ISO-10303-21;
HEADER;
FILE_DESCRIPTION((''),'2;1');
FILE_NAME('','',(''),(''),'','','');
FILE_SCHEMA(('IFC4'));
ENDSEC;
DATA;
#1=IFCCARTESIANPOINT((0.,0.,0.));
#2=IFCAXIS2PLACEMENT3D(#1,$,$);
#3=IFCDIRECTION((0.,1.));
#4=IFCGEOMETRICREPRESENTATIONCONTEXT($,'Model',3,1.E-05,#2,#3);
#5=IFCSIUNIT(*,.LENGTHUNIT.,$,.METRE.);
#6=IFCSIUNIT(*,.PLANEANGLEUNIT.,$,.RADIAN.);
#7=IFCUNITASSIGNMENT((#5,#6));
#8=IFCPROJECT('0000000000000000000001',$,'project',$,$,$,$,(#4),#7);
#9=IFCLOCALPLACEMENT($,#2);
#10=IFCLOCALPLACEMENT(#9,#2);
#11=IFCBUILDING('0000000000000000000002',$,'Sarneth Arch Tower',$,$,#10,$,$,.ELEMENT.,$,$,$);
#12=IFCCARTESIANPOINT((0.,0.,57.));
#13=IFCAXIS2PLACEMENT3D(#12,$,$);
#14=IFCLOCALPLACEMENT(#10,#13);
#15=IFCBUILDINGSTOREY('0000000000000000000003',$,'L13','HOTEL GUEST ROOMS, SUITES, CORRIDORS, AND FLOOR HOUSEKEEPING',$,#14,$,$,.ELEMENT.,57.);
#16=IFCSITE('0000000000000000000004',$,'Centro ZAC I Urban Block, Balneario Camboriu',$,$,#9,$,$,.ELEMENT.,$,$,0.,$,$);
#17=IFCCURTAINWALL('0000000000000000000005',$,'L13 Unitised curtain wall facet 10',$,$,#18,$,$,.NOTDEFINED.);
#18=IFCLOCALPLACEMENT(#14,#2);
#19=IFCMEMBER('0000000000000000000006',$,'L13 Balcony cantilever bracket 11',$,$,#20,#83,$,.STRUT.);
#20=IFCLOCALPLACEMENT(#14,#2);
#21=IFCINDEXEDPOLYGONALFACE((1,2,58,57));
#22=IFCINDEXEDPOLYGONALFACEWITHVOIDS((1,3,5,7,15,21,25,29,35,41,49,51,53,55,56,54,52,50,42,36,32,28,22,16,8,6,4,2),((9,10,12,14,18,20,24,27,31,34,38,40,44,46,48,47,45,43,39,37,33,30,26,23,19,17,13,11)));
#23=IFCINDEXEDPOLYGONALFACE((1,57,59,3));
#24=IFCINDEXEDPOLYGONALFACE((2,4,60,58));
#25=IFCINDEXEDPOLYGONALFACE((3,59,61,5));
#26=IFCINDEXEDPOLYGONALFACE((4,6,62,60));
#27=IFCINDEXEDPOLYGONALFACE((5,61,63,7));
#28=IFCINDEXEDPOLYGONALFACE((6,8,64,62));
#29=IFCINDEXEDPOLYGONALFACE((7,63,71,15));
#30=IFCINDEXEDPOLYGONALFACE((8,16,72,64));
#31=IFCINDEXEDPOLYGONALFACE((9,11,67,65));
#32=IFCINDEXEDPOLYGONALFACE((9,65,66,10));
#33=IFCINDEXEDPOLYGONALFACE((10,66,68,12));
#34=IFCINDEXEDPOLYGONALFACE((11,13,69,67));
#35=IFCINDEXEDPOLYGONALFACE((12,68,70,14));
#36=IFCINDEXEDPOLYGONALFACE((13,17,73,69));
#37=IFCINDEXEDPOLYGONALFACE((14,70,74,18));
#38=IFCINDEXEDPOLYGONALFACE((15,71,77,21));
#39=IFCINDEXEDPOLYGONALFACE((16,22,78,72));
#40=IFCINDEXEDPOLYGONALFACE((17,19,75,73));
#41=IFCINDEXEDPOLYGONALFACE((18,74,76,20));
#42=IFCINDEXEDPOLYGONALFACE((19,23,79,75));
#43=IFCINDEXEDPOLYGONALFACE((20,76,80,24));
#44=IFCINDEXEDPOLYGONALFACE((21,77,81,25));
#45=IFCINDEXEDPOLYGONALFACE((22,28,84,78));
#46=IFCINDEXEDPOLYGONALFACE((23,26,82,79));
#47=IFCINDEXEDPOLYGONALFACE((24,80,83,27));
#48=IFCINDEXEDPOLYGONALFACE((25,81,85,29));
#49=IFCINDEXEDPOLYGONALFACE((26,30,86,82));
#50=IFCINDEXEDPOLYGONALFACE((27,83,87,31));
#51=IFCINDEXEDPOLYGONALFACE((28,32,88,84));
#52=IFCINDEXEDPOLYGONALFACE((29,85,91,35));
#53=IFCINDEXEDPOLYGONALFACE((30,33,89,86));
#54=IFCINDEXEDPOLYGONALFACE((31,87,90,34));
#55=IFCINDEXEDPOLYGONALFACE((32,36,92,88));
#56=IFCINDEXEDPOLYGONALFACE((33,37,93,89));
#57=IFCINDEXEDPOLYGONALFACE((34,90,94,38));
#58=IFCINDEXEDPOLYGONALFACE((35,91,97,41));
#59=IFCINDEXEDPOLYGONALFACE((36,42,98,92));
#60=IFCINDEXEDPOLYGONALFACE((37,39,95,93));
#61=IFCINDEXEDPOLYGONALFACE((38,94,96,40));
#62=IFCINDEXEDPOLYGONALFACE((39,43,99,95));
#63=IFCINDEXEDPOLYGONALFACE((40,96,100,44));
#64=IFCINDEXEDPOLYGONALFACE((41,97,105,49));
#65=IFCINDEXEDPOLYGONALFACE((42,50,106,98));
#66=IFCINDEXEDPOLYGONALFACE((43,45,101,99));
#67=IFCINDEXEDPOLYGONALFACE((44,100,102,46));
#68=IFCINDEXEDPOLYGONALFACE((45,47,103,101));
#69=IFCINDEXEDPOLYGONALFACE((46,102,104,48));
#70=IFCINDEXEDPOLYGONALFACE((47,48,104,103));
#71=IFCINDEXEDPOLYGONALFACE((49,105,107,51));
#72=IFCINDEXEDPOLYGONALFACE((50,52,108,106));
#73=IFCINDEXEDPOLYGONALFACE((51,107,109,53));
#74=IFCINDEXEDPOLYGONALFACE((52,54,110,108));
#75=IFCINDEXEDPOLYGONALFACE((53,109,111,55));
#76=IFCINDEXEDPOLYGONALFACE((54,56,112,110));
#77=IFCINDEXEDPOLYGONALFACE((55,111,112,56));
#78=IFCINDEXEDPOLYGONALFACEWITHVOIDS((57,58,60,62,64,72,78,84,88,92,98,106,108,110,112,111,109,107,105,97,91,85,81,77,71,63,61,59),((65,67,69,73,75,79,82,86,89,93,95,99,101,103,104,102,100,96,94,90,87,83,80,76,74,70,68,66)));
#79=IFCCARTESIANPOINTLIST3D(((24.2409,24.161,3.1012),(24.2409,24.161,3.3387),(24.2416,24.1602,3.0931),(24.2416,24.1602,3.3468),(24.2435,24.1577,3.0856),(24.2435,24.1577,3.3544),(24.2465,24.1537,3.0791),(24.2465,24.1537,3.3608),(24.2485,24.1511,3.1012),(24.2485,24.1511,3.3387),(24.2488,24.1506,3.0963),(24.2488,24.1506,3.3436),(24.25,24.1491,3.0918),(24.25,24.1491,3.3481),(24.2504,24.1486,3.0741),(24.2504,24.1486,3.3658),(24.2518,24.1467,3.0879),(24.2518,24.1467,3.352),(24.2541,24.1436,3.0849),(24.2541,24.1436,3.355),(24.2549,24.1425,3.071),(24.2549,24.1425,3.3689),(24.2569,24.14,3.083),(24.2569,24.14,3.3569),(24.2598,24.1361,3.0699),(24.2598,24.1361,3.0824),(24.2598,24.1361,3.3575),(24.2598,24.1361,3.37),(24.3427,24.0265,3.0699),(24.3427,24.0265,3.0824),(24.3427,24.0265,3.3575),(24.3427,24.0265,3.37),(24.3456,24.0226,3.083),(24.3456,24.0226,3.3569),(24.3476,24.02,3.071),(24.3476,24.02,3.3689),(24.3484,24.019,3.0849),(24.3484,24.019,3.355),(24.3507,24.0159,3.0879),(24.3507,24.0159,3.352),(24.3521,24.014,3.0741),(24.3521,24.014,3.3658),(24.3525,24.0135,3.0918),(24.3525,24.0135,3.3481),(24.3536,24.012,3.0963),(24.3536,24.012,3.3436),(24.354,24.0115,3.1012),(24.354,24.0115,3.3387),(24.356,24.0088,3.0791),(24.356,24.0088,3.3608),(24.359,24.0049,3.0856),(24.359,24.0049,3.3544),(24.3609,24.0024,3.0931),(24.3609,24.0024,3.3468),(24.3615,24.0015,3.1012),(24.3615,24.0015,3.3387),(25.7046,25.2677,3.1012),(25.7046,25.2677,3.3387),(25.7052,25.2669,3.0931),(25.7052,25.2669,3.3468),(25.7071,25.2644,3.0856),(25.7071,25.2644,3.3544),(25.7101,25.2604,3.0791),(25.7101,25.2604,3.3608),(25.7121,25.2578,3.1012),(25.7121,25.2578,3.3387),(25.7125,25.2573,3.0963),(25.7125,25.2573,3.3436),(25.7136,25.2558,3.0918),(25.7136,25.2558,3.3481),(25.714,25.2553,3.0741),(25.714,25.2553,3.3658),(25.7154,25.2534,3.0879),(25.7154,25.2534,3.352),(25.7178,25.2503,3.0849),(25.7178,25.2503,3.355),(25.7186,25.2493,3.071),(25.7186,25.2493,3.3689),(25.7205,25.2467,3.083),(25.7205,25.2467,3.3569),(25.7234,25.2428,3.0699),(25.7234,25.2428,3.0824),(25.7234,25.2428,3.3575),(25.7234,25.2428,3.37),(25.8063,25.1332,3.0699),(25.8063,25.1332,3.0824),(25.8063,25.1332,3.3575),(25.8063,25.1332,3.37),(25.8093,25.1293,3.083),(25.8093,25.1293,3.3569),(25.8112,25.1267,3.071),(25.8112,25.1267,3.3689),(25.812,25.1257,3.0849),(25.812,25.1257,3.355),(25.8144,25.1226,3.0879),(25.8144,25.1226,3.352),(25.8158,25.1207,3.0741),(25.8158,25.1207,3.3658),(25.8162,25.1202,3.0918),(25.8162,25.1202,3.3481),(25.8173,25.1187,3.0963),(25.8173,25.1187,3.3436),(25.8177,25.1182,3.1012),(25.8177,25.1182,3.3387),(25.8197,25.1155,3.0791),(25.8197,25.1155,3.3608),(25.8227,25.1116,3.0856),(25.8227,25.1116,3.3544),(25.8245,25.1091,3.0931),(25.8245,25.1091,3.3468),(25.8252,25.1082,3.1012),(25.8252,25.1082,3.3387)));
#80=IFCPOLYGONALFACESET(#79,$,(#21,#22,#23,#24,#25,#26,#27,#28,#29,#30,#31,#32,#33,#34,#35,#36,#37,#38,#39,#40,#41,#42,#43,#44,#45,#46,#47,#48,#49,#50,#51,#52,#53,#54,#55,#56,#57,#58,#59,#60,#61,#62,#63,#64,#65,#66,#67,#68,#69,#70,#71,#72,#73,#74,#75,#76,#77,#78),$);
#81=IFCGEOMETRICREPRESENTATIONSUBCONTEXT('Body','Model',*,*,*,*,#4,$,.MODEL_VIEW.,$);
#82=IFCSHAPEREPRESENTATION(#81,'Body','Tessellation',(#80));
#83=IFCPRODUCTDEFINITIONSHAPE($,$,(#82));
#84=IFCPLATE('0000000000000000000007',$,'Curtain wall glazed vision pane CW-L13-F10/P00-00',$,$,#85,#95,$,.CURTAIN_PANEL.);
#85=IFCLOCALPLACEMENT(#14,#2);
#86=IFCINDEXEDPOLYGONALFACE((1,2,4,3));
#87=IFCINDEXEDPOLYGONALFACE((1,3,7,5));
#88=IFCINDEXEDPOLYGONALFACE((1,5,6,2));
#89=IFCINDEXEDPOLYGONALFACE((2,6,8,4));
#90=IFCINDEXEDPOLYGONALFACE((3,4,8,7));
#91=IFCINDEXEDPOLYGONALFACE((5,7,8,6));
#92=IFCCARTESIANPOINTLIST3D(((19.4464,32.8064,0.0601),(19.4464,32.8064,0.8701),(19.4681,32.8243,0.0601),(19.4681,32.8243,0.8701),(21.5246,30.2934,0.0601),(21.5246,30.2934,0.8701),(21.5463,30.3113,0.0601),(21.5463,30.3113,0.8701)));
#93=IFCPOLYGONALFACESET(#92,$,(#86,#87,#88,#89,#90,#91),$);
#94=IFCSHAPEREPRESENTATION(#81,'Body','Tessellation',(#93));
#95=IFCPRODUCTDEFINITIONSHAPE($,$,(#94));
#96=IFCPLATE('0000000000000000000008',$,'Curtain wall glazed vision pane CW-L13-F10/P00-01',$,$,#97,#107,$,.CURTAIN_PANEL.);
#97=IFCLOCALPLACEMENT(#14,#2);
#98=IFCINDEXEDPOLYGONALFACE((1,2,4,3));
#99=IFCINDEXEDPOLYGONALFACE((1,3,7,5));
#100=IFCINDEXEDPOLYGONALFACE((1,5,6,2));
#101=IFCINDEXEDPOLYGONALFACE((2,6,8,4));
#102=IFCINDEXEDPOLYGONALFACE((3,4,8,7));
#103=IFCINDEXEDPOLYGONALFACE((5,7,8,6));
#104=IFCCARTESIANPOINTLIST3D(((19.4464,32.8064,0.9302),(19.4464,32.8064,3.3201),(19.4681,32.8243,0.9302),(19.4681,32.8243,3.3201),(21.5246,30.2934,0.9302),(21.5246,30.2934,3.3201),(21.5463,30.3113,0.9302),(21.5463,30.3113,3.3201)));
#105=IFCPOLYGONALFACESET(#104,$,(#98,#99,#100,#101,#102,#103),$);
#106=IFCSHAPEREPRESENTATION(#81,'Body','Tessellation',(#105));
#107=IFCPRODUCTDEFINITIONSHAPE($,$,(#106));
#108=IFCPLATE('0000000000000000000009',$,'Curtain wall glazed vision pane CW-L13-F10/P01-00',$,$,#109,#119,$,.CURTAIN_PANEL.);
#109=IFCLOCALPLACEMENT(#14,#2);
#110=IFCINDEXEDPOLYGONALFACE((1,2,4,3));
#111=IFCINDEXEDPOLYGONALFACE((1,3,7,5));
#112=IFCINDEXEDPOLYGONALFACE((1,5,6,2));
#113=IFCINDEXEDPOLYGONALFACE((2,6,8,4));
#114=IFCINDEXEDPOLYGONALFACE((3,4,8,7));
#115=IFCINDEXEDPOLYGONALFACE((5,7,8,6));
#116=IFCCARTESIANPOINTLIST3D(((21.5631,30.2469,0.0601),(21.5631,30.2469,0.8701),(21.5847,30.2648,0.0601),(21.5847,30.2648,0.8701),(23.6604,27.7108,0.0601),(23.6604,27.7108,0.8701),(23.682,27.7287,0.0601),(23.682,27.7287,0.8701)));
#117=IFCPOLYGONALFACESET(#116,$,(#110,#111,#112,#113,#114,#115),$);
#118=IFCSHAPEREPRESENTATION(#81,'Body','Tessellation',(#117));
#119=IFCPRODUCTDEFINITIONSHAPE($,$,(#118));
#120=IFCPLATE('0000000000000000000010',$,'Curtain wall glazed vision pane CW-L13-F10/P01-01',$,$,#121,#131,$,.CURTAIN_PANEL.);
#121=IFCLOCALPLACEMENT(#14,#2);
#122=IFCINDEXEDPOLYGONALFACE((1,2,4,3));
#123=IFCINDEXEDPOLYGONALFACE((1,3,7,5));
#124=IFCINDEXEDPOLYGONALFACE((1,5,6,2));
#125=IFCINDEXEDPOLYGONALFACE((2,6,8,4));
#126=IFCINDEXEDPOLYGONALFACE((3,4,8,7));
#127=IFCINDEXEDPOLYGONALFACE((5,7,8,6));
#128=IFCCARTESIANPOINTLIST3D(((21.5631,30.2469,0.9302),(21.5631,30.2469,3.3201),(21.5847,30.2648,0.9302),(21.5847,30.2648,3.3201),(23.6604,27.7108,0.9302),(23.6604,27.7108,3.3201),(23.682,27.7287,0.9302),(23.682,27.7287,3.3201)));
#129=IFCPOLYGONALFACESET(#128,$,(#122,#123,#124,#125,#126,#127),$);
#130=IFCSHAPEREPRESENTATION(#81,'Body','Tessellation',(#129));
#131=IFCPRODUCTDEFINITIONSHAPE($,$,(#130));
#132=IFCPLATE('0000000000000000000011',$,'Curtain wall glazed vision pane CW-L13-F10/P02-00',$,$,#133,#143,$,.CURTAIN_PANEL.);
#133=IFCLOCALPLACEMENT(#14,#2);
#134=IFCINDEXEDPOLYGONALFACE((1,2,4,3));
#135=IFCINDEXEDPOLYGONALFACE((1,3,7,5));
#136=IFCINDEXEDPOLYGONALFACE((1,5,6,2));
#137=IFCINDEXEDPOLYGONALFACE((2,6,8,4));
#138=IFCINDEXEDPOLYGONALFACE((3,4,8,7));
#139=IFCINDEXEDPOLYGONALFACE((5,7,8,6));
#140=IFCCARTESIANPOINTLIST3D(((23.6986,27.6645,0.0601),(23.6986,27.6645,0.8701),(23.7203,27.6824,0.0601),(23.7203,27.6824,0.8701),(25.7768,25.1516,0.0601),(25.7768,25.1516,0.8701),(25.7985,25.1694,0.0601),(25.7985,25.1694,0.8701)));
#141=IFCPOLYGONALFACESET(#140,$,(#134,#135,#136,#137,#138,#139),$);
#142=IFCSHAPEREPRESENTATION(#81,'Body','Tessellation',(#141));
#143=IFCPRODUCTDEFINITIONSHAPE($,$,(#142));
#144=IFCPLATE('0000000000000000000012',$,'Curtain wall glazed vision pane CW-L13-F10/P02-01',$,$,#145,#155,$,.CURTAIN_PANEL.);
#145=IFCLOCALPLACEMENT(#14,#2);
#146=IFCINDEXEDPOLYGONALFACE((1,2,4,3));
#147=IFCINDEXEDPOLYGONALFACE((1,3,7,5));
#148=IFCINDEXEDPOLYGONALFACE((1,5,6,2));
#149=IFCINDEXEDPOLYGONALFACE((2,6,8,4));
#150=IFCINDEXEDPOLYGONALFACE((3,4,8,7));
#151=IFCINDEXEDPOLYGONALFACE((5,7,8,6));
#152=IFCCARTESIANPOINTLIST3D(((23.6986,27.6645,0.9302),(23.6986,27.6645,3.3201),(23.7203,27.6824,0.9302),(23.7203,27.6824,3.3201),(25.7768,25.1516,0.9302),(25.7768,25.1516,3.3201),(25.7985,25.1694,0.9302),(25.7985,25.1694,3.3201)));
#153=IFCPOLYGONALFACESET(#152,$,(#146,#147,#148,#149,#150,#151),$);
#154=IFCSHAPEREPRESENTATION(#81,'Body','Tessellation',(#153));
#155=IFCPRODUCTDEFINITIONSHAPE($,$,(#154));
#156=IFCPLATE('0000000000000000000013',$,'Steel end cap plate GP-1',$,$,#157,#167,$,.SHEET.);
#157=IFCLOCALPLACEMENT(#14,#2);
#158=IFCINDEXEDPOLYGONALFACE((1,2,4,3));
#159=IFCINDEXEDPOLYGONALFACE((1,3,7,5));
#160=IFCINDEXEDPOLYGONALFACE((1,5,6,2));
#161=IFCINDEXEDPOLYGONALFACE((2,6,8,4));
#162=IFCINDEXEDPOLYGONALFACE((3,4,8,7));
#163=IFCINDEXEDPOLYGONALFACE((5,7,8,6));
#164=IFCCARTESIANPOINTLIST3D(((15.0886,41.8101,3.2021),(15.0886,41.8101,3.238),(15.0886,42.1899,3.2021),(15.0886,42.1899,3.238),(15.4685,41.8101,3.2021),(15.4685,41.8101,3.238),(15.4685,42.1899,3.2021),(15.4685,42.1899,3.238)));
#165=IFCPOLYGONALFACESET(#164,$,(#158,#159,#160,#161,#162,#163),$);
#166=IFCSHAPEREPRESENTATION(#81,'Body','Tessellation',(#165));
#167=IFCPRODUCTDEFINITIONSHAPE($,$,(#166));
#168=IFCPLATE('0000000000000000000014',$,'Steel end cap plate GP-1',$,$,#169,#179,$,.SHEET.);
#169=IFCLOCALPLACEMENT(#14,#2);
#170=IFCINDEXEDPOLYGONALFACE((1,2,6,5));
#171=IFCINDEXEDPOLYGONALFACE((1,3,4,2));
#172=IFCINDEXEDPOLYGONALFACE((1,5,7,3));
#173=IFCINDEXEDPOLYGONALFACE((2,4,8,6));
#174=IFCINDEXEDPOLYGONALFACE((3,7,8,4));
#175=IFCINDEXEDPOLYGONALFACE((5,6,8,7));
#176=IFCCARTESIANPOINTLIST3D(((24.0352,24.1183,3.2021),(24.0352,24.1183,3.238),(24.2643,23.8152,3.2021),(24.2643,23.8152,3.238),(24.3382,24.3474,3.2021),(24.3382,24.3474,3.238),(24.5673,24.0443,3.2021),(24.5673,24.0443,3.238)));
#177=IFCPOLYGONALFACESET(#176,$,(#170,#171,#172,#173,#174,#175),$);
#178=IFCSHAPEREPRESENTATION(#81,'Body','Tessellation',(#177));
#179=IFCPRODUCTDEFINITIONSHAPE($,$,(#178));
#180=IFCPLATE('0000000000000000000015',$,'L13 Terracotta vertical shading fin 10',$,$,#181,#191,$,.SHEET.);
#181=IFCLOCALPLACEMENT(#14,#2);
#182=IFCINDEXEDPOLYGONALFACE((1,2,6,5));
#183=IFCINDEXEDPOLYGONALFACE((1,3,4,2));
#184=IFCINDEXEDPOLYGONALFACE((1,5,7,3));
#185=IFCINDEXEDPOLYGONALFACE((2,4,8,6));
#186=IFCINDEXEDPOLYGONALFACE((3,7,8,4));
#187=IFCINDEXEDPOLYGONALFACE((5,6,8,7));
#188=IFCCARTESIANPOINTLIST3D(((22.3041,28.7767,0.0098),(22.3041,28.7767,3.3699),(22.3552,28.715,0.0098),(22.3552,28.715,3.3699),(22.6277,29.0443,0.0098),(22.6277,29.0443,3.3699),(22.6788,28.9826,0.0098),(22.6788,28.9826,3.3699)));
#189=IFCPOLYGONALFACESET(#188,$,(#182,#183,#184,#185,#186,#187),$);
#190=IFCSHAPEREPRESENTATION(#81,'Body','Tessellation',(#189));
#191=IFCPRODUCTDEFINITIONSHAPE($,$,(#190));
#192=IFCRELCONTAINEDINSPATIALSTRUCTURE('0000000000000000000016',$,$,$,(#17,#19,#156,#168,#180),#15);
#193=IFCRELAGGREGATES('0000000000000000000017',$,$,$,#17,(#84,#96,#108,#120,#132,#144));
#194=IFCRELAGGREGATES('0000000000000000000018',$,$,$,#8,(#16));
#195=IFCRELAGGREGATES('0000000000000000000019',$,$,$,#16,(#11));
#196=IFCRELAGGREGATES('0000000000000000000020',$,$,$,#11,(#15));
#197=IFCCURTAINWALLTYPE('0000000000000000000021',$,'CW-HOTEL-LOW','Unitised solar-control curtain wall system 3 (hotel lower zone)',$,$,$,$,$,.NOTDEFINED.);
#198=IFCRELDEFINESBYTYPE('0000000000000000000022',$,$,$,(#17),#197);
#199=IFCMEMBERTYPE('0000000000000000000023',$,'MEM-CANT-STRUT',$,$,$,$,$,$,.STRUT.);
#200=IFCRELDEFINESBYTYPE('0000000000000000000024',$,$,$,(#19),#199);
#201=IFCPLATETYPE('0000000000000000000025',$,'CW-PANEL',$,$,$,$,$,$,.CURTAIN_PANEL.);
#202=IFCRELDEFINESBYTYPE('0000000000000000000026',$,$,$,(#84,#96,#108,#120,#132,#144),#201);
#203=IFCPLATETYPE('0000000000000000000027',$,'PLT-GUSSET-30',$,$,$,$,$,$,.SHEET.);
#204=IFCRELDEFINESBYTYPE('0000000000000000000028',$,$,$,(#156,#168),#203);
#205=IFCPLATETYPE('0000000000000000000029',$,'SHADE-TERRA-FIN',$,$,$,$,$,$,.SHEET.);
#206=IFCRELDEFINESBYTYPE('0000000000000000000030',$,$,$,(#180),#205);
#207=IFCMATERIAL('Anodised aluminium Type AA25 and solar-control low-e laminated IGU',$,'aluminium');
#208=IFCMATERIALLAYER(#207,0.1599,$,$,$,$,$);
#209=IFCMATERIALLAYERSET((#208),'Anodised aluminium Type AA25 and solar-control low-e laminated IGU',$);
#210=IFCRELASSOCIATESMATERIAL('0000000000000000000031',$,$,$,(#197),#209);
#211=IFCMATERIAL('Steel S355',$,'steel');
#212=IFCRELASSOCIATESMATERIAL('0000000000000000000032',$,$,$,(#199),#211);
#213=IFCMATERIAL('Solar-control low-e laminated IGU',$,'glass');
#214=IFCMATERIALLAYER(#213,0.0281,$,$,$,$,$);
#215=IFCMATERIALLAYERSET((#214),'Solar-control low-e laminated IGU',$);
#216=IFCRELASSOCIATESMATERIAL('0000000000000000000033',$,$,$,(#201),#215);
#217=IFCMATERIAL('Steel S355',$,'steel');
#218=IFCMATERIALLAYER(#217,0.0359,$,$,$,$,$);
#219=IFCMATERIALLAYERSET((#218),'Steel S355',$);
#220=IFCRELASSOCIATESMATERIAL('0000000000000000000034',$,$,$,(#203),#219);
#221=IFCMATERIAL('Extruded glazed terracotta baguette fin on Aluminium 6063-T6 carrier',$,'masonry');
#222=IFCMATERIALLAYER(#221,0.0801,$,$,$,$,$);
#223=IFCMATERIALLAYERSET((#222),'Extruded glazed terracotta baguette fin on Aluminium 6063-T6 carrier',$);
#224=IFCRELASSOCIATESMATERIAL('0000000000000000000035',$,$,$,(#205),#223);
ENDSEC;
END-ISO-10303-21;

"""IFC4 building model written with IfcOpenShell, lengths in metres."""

from ifc_helpers import new_model, si_unit, direction, frame, origin, origin_2d, place, context, subcontext, project, spatial, rectangle, hollow_rectangle, extrude, material, layer, layer_set, material_profile, profile_set, type_object, element, aggregate, save


model = new_model("IFC4")

# Units and contexts
model_context = context("Model", 3, precision=1e-05, world=origin(), true_north=direction((0.0, 1.0)))
body_context = subcontext(model_context, "Body", "Model", "MODEL_VIEW")
ifc_project = project(units=[si_unit("LENGTHUNIT", "METRE"), si_unit("PLANEANGLEUNIT", "RADIAN")], contexts=[model_context])

# Site, building, storey
site_placement = place(None, origin())
site = spatial("IfcSite", under=ifc_project, at=site_placement, Name="Centro ZAC I Urban Block, Balneario Camboriu", CompositionType="ELEMENT", RefElevation=0.0)
building_placement = place(site_placement, origin())
building = spatial("IfcBuilding", under=site, at=building_placement, Name="Sarneth Arch Tower", CompositionType="ELEMENT")
storey_placement = place(building_placement, frame((0.0, 0.0, 57.0)))
storey = spatial("IfcBuildingStorey", under=building, at=storey_placement, Name="L13", Description="HOTEL GUEST ROOMS, SUITES, CORRIDORS, AND FLOOR HOUSEKEEPING", CompositionType="ELEMENT", Elevation=57.0)

# Curtain wall
ifc_material_1 = material(Name="Anodised aluminium Type AA25 and solar-control low-e laminated IGU", Category="aluminium")
ifc_layer_1 = layer(ifc_material_1, 0.1599)
ifc_layer_set_1 = layer_set([ifc_layer_1], Name="Anodised aluminium Type AA25 and solar-control low-e laminated IGU")
curtain_wall_type = type_object("IfcCurtainWallType", Name="CW-HOTEL-LOW", Description="Unitised solar-control curtain wall system 3 (hotel lower zone)", PredefinedType="NOTDEFINED", material=ifc_layer_set_1)
curtain_wall_placement = place(storey_placement, origin())
curtain_wall = element("IfcCurtainWall", 1, at=curtain_wall_placement, inside=storey, type_object=curtain_wall_type, Name="L13 Unitised curtain wall facet 10", PredefinedType="NOTDEFINED")

# Member
ifc_material_2 = material(Name="Steel S355", Category="steel")
ifc_material_profile_1 = material_profile(ifc_material_2, hollow_rectangle(XDim=0.2, YDim=0.3, WallThickness=0.0125, InnerFilletRadius=0.0188, OuterFilletRadius=0.0312, at=origin_2d()), Name="RHS300x200x12.5")
ifc_profile_set_1 = profile_set([ifc_material_profile_1], Name="Steel S355")
member_type_1 = type_object("IfcMemberType", Name="MEM-CANT-STRUT", PredefinedType="STRUT", material=ifc_profile_set_1)
member_1_placement = place(storey_placement, frame((25.7649, 25.188, 3.22), z_axis=(-0.797647, -0.603125, 0.0), x_axis=(0.603125, -0.797647, 0.0)))
element("IfcMember", 2, at=member_1_placement, inside=storey, type_object=member_type_1, Name="L13 Balcony cantilever bracket 11", PredefinedType="STRUT", context=body_context, shape_type="SweptSolid", body=[
    extrude(hollow_rectangle(XDim=0.2, YDim=0.3, WallThickness=0.0125, InnerFilletRadius=0.0188, OuterFilletRadius=0.0312, at=origin_2d()), origin(), (0.0, 0.0, 1.0), 1.835),
])

# Plates
ifc_material_3 = material(Name="Solar-control low-e laminated IGU", Category="glass")
ifc_layer_2 = layer(ifc_material_3, 0.0281)
ifc_layer_set_2 = layer_set([ifc_layer_2], Name="Solar-control low-e laminated IGU")
plate_type_1 = type_object("IfcPlateType", Name="CW-PANEL", PredefinedType="CURTAIN_PANEL", material=ifc_layer_set_2)
plate_1_placement = place(storey_placement, frame((20.4963, 31.5588, 0.0601), z_axis=(0.0, 0.0, 1.0), x_axis=(0.637291, -0.770623, 0.0)))
plate_1 = element("IfcPlate", 3, at=plate_1_placement, type_object=plate_type_1, Name="Curtain wall glazed vision pane CW-L13-F10/P00-00", PredefinedType="CURTAIN_PANEL", context=body_context, shape_type="SweptSolid", body=[
    extrude(rectangle(XDim=3.261, YDim=0.0281, at=origin_2d()), origin(), (0.0, 0.0, 1.0), 0.8101),
])
plate_2_placement = place(storey_placement, frame((20.4963, 31.5588, 0.9302), z_axis=(0.0, 0.0, 1.0), x_axis=(0.637291, -0.770623, 0.0)))
plate_2 = element("IfcPlate", 4, at=plate_2_placement, type_object=plate_type_1, Name="Curtain wall glazed vision pane CW-L13-F10/P00-01", PredefinedType="CURTAIN_PANEL", context=body_context, shape_type="SweptSolid", body=[
    extrude(rectangle(XDim=3.261, YDim=0.0281, at=origin_2d()), origin(), (0.0, 0.0, 1.0), 2.3899),
])
plate_3_placement = place(storey_placement, frame((22.6226, 28.9878, 0.0601), z_axis=(0.0, 0.0, 1.0), x_axis=(0.637291, -0.770623, 0.0)))
plate_3 = element("IfcPlate", 5, at=plate_3_placement, type_object=plate_type_1, Name="Curtain wall glazed vision pane CW-L13-F10/P01-00", PredefinedType="CURTAIN_PANEL", context=body_context, shape_type="SweptSolid", body=[
    extrude(rectangle(XDim=3.291, YDim=0.0281, at=origin_2d()), origin(), (0.0, 0.0, 1.0), 0.8101),
])
plate_4_placement = place(storey_placement, frame((22.6226, 28.9878, 0.9302), z_axis=(0.0, 0.0, 1.0), x_axis=(0.637291, -0.770623, 0.0)))
plate_4 = element("IfcPlate", 6, at=plate_4_placement, type_object=plate_type_1, Name="Curtain wall glazed vision pane CW-L13-F10/P01-01", PredefinedType="CURTAIN_PANEL", context=body_context, shape_type="SweptSolid", body=[
    extrude(rectangle(XDim=3.291, YDim=0.0281, at=origin_2d()), origin(), (0.0, 0.0, 1.0), 2.3899),
])
plate_5_placement = place(storey_placement, frame((24.7485, 26.417, 0.0601), z_axis=(0.0, 0.0, 1.0), x_axis=(0.637291, -0.770623, 0.0)))
plate_5 = element("IfcPlate", 7, at=plate_5_placement, type_object=plate_type_1, Name="Curtain wall glazed vision pane CW-L13-F10/P02-00", PredefinedType="CURTAIN_PANEL", context=body_context, shape_type="SweptSolid", body=[
    extrude(rectangle(XDim=3.261, YDim=0.0281, at=origin_2d()), origin(), (0.0, 0.0, 1.0), 0.8101),
])
plate_6_placement = place(storey_placement, frame((24.7485, 26.417, 0.9302), z_axis=(0.0, 0.0, 1.0), x_axis=(0.637291, -0.770623, 0.0)))
plate_6 = element("IfcPlate", 8, at=plate_6_placement, type_object=plate_type_1, Name="Curtain wall glazed vision pane CW-L13-F10/P02-01", PredefinedType="CURTAIN_PANEL", context=body_context, shape_type="SweptSolid", body=[
    extrude(rectangle(XDim=3.261, YDim=0.0281, at=origin_2d()), origin(), (0.0, 0.0, 1.0), 2.3899),
])
aggregate(curtain_wall, [plate_1, plate_2, plate_3, plate_4, plate_5, plate_6])

# Plates
ifc_material_4 = material(Name="Steel S355", Category="steel")
ifc_layer_3 = layer(ifc_material_4, 0.0359)
ifc_layer_set_3 = layer_set([ifc_layer_3], Name="Steel S355")
plate_type_2 = type_object("IfcPlateType", Name="PLT-GUSSET-30", PredefinedType="SHEET", material=ifc_layer_set_3)
for number, where, z_axis, x_axis, name in (
    (9, (15.2786, 42.0, 3.2021), (0.0, 0.0, 1.0), (-1.0, 0.0, 0.0), "Steel end cap plate GP-1"),
    (10, (24.3013, 24.0813, 3.2021), (0.0, 0.0, 1.0), (-0.797689, -0.603069, 0.0), "Steel end cap plate GP-1"),
):
    element("IfcPlate", number, at=place(storey_placement, frame(where, z_axis=z_axis, x_axis=x_axis)), inside=storey, type_object=plate_type_2, Name=name, PredefinedType="SHEET", context=body_context, shape_type="SweptSolid", body=[
        extrude(rectangle(XDim=0.3799, YDim=0.3799, at=origin_2d()), origin(), (0.0, 0.0, 1.0), 0.0359),
    ])
ifc_material_5 = material(Name="Extruded glazed terracotta baguette fin on Aluminium 6063-T6 carrier", Category="masonry")
ifc_layer_4 = layer(ifc_material_5, 0.0801)
ifc_layer_set_4 = layer_set([ifc_layer_4], Name="Extruded glazed terracotta baguette fin on Aluminium 6063-T6 carrier")
plate_type_3 = type_object("IfcPlateType", Name="SHADE-TERRA-FIN", PredefinedType="SHEET", material=ifc_layer_set_4)
plate_7_placement = place(storey_placement, frame((22.4915, 28.8796, 0.0098), z_axis=(0.0, 0.0, 1.0), x_axis=(-0.770624, -0.63729, 0.0)))
element("IfcPlate", 11, at=plate_7_placement, inside=storey, type_object=plate_type_3, Name="L13 Terracotta vertical shading fin 10", PredefinedType="SHEET", context=body_context, shape_type="SweptSolid", body=[
    extrude(rectangle(XDim=0.4199, YDim=0.0801, at=origin_2d()), origin(), (0.0, 0.0, 1.0), 3.3601),
])

save(model, "model.ifc")
